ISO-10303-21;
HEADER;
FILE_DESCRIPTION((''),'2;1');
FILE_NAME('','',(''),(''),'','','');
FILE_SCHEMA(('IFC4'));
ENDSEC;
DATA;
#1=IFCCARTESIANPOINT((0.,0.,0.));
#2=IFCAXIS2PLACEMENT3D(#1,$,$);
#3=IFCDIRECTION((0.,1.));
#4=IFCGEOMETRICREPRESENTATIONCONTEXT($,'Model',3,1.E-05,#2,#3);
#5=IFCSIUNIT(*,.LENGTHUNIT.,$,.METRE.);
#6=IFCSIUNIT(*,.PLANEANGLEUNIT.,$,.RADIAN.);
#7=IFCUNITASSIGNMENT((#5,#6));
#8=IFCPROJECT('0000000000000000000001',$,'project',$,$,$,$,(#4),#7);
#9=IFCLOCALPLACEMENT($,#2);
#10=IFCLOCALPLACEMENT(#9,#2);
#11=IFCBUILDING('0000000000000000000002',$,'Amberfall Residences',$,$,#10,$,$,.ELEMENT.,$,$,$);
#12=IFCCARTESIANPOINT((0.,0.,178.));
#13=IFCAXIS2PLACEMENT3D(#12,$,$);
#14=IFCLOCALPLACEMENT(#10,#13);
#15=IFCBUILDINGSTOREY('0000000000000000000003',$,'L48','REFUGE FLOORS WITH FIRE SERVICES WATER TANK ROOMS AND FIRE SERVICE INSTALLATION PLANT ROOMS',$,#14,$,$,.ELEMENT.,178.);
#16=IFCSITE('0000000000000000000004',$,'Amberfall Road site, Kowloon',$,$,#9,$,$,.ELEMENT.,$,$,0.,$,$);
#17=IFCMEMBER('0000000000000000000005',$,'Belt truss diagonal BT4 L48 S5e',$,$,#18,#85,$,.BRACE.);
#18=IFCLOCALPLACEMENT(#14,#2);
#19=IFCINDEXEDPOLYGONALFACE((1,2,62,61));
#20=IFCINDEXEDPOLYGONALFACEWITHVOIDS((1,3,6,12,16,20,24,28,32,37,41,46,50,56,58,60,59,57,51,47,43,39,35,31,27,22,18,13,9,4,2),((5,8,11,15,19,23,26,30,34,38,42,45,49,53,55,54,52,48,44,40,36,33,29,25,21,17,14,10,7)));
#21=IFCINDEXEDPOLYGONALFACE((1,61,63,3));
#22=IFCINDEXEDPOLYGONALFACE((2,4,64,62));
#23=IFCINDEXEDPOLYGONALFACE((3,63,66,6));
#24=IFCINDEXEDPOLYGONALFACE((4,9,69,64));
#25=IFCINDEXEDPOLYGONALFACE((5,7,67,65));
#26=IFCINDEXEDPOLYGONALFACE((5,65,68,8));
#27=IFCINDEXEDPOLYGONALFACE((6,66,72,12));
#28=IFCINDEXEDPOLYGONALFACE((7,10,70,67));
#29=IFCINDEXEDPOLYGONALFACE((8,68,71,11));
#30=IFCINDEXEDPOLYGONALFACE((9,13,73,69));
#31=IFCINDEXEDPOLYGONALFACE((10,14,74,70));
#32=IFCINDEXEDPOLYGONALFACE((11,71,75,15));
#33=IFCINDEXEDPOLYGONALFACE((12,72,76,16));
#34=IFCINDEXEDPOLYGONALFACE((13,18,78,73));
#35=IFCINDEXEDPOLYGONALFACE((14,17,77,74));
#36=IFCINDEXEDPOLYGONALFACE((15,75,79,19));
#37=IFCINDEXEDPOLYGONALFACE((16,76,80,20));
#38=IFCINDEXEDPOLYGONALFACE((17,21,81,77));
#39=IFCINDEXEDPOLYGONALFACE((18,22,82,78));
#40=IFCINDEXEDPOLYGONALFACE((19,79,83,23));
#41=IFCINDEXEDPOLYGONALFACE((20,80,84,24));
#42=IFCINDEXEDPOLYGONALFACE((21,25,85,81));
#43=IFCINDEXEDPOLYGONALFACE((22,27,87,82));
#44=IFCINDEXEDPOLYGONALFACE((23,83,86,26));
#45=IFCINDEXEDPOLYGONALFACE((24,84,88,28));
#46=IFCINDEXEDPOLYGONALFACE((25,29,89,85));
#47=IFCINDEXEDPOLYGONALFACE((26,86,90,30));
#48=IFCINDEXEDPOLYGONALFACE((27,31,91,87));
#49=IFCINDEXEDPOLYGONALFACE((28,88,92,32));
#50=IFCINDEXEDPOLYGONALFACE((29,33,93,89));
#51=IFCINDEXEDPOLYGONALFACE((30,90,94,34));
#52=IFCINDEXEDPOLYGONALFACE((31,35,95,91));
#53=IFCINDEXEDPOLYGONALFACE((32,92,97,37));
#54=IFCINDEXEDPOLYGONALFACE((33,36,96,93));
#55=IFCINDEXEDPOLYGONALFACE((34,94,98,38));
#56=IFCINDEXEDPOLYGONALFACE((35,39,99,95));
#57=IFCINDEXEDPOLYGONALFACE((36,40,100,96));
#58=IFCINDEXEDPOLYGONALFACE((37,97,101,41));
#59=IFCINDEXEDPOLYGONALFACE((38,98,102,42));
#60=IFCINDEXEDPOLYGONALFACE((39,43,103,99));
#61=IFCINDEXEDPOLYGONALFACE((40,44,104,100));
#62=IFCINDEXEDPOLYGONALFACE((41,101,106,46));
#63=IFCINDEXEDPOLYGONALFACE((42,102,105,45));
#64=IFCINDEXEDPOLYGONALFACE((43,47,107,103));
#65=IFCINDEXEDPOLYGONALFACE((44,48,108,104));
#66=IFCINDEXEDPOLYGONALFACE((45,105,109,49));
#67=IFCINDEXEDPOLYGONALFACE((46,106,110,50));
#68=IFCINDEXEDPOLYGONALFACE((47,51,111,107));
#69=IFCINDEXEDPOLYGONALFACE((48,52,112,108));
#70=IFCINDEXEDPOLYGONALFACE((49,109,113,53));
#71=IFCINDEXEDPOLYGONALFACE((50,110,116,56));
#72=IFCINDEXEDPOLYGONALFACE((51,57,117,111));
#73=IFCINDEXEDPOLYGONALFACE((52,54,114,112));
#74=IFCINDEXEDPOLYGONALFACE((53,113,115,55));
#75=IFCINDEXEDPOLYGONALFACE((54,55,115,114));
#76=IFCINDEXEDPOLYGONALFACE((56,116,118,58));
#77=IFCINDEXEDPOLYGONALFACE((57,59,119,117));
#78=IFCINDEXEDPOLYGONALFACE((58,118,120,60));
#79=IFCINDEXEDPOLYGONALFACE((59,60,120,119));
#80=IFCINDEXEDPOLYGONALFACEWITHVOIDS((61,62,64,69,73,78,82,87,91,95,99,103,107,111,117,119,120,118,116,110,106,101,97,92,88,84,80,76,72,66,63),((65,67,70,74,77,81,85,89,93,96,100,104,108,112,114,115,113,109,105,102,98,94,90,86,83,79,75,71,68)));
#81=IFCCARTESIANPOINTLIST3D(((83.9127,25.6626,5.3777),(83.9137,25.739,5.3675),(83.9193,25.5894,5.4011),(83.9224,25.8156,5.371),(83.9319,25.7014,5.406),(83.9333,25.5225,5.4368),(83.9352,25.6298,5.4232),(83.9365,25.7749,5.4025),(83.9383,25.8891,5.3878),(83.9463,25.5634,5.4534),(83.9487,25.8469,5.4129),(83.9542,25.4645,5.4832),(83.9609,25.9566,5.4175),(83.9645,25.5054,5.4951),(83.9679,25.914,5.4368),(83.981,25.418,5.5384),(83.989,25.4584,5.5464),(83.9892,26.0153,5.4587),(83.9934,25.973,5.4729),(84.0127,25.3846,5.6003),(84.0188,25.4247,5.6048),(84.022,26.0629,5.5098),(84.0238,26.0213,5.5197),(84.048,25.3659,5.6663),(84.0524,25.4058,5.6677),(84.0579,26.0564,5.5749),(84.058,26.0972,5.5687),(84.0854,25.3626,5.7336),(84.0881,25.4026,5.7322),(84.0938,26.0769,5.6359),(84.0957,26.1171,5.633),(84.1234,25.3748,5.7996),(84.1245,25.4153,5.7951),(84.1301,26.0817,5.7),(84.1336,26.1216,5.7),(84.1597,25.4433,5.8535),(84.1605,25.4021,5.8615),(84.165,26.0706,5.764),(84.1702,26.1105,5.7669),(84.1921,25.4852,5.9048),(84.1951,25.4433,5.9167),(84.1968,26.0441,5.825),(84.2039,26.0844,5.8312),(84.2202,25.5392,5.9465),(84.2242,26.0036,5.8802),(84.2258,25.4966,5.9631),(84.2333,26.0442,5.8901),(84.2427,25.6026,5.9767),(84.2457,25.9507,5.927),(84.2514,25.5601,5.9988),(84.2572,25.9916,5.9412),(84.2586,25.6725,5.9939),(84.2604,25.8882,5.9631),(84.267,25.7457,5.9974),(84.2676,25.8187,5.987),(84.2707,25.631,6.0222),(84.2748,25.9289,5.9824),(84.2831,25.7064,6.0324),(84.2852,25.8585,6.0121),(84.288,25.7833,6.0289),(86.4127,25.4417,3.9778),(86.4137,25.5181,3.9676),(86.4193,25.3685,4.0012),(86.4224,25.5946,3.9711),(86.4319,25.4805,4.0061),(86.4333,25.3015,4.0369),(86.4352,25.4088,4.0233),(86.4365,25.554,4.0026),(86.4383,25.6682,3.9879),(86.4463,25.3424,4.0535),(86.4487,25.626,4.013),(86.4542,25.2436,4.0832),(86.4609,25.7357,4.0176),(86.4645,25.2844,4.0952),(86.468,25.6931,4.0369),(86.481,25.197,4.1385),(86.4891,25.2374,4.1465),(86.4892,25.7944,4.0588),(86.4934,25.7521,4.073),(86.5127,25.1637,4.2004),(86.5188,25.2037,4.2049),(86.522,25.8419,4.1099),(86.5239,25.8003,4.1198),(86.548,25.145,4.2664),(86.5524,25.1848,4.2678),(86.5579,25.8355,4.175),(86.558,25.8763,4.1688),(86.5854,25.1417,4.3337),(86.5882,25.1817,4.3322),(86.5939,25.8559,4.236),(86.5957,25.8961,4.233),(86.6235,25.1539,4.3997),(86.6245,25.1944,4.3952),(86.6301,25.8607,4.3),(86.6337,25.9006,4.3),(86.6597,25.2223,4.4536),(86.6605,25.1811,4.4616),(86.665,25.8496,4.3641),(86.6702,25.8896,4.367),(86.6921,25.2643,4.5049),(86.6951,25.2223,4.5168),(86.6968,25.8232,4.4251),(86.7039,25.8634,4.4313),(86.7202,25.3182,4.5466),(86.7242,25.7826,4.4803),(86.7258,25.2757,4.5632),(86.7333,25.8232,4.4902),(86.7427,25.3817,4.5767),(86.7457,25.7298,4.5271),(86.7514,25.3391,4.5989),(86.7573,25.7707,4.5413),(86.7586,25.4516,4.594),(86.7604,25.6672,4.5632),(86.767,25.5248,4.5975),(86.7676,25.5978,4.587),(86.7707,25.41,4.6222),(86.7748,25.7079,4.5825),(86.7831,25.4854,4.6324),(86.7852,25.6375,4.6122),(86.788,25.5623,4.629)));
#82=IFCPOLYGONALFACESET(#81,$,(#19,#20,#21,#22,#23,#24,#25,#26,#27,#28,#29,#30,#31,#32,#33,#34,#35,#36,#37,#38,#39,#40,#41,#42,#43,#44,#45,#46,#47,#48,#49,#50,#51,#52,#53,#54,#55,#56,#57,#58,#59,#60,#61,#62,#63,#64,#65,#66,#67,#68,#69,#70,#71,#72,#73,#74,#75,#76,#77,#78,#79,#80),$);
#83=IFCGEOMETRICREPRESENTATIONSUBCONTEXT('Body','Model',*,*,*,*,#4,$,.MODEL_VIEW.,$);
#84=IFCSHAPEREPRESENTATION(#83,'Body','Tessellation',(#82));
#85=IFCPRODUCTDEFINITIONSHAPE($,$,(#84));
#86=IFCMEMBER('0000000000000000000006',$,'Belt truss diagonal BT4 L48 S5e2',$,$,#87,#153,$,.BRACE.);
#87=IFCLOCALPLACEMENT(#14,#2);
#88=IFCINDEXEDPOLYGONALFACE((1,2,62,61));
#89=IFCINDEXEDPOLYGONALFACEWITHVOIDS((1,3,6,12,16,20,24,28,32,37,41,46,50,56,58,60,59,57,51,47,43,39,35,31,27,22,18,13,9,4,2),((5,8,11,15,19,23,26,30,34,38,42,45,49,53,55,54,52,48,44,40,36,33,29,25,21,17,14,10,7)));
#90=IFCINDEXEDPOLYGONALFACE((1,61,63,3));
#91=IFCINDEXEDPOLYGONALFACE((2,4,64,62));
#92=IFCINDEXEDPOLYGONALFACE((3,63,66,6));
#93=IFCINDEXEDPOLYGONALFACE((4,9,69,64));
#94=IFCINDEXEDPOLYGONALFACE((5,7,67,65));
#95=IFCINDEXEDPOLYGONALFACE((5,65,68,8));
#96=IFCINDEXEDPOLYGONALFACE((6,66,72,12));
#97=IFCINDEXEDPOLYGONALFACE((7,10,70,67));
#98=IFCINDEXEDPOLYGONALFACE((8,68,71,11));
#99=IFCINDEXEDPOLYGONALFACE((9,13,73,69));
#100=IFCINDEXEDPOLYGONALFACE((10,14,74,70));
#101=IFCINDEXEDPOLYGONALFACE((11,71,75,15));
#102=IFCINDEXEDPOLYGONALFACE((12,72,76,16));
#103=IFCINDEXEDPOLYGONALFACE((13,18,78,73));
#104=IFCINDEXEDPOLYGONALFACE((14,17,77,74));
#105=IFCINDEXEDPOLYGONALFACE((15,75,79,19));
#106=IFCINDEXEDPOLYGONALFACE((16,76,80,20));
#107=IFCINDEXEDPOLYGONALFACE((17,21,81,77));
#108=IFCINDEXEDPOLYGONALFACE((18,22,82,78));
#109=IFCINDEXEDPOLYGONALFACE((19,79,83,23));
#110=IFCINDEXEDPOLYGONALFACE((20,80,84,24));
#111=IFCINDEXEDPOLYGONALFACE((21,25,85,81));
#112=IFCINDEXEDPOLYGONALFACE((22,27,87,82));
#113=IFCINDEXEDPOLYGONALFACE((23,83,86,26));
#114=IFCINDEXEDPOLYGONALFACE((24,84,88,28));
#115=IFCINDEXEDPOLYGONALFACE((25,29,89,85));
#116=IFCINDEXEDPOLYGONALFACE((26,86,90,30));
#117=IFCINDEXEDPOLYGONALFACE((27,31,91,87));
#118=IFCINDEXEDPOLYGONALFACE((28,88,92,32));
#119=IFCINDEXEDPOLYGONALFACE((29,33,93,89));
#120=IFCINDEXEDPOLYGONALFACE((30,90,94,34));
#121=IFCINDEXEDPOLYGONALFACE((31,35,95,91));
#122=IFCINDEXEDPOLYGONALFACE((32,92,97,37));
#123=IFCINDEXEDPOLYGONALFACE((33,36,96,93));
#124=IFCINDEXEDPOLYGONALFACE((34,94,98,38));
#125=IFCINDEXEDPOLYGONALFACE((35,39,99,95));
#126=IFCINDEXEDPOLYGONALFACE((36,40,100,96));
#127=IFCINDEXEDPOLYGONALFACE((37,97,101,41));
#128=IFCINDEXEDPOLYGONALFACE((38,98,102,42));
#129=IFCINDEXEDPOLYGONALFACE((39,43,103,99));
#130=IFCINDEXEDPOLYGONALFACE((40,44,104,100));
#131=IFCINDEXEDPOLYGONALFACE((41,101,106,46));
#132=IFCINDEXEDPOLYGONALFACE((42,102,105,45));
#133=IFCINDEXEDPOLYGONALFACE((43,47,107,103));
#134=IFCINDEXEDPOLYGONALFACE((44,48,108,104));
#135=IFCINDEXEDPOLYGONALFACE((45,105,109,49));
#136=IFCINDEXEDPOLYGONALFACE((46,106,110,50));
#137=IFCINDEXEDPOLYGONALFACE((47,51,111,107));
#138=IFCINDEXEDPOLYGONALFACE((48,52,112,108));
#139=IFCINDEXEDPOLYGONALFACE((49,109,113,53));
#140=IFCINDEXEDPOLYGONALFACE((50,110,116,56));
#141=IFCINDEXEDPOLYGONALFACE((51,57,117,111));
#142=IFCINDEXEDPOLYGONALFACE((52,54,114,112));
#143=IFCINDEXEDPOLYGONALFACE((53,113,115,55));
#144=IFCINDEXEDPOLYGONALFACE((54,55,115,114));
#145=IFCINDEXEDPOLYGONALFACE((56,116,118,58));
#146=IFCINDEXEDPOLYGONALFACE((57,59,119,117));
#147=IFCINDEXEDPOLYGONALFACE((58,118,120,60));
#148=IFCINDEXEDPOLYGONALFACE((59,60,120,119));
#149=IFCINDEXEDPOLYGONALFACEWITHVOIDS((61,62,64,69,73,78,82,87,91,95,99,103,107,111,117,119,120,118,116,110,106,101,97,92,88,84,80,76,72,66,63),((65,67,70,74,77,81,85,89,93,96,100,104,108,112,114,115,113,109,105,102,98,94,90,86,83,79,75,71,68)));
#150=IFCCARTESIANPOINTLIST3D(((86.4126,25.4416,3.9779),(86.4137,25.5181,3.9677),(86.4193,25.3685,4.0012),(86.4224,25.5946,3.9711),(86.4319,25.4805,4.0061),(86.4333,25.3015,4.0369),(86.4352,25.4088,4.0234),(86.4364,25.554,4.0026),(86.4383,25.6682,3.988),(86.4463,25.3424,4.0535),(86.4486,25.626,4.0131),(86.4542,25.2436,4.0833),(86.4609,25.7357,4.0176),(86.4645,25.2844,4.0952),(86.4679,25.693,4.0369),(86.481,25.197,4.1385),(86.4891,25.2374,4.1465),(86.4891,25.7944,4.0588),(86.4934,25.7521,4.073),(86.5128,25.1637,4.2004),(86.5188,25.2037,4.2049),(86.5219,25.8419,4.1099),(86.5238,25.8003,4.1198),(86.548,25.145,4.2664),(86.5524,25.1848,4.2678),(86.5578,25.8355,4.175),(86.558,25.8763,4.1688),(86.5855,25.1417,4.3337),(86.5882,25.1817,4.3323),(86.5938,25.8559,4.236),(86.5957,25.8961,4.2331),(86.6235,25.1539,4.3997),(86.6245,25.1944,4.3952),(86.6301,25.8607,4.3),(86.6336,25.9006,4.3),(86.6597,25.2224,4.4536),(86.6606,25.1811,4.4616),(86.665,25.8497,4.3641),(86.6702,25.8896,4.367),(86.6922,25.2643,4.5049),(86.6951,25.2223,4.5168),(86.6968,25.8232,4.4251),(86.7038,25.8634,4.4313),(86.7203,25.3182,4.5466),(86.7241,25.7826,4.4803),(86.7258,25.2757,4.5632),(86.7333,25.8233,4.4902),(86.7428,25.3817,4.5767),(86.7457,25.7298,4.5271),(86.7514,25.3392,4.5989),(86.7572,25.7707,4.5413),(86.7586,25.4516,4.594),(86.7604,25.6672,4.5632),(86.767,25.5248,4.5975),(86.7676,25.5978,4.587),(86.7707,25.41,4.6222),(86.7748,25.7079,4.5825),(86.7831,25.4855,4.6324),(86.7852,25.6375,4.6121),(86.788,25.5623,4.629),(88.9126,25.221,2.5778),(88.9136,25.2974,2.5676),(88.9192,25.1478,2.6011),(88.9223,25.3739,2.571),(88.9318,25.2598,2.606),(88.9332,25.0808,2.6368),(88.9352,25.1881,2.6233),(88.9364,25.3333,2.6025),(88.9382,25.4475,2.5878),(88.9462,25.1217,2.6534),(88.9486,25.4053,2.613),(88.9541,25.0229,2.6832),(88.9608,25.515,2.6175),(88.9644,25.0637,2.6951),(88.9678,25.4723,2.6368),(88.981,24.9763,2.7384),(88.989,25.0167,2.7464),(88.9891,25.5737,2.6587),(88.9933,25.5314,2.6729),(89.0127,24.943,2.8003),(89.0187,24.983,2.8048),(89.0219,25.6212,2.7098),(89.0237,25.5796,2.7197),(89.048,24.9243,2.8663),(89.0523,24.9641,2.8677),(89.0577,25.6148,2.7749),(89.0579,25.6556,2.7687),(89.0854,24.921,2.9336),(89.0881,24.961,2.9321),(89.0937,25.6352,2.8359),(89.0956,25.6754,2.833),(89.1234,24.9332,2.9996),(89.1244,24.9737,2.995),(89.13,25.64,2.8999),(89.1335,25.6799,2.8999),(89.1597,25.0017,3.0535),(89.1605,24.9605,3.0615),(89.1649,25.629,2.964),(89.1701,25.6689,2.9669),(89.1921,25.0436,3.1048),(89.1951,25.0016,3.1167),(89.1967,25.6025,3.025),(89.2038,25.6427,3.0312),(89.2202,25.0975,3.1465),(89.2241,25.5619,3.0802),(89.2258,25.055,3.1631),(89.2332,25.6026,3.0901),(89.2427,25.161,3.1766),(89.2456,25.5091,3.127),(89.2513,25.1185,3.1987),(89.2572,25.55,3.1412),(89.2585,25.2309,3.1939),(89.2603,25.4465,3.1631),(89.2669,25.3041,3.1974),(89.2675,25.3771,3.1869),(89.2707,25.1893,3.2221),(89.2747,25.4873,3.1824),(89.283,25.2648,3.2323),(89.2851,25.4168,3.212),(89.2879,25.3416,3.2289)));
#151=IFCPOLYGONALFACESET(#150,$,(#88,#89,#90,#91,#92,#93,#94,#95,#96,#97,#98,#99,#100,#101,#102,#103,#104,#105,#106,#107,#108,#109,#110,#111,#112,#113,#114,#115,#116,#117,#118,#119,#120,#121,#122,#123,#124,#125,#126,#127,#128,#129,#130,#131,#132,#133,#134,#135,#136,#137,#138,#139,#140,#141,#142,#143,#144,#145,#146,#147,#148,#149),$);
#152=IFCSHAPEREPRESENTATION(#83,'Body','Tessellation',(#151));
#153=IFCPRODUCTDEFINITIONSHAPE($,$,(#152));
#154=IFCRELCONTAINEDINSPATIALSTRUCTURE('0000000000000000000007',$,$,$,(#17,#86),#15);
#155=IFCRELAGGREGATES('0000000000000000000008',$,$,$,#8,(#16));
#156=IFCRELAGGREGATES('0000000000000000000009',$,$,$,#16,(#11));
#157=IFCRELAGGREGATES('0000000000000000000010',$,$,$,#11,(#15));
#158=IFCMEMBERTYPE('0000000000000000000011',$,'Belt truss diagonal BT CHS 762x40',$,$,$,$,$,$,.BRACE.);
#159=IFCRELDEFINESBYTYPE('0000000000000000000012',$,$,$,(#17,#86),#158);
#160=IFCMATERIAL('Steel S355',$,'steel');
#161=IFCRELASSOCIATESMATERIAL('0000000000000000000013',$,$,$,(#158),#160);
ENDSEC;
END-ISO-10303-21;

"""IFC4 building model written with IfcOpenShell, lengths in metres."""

from ifc_helpers import new_model, si_unit, direction, frame, origin, origin_2d, place, context, subcontext, project, spatial, hollow_circle, extrude, material, material_profile, profile_set, type_object, element, save


model = new_model("IFC4")

# Units and contexts
model_context = context("Model", 3, precision=1e-05, world=origin(), true_north=direction((0.0, 1.0)))
body_context = subcontext(model_context, "Body", "Model", "MODEL_VIEW")
ifc_project = project(units=[si_unit("LENGTHUNIT", "METRE"), si_unit("PLANEANGLEUNIT", "RADIAN")], contexts=[model_context])

# Site, building, storey
site_placement = place(None, origin())
site = spatial("IfcSite", under=ifc_project, at=site_placement, Name="Amberfall Road site, Kowloon", CompositionType="ELEMENT", RefElevation=0.0)
building_placement = place(site_placement, origin())
building = spatial("IfcBuilding", under=site, at=building_placement, Name="Amberfall Residences", CompositionType="ELEMENT")
storey_placement = place(building_placement, frame((0.0, 0.0, 178.0)))
storey = spatial("IfcBuildingStorey", under=building, at=storey_placement, Name="L48", Description="REFUGE FLOORS WITH FIRE SERVICES WATER TANK ROOMS AND FIRE SERVICE INSTALLATION PLANT ROOMS", CompositionType="ELEMENT", Elevation=178.0)

# Shared definitions
ifc_material_1 = material(Name="Steel S355", Category="steel")

# Members
ifc_material_profile_1 = material_profile(ifc_material_1, hollow_circle(Radius=0.3811, WallThickness=0.04, at=origin_2d()), Name="CHS 762x40")
ifc_profile_set_1 = profile_set([ifc_material_profile_1], Name="Steel S355")
member_type = type_object("IfcMemberType", Name="Belt truss diagonal BT CHS 762x40", PredefinedType="BRACE", material=ifc_profile_set_1)
for number, where, z_axis, x_axis, name in (
    (1, (84.1001, 25.7419, 5.7), (0.869938, -0.076884, -0.487131), (0.088036, 0.996117, 0.0), "Belt truss diagonal BT4 L48 S5e"),
    (2, (86.6001, 25.521, 4.3), (0.869908, -0.076797, -0.487199), (0.087939, 0.996126, 0.0), "Belt truss diagonal BT4 L48 S5e2"),
):
    element("IfcMember", number, at=place(storey_placement, frame(where, z_axis=z_axis, x_axis=x_axis)), inside=storey, type_object=member_type, Name=name, PredefinedType="BRACE", context=body_context, shape_type="SweptSolid", body=[
        extrude(hollow_circle(Radius=0.3811, WallThickness=0.04, at=origin_2d()), origin(), (0.0, 0.0, 1.0), 2.8738),
    ])

save(model, "model.ifc")
